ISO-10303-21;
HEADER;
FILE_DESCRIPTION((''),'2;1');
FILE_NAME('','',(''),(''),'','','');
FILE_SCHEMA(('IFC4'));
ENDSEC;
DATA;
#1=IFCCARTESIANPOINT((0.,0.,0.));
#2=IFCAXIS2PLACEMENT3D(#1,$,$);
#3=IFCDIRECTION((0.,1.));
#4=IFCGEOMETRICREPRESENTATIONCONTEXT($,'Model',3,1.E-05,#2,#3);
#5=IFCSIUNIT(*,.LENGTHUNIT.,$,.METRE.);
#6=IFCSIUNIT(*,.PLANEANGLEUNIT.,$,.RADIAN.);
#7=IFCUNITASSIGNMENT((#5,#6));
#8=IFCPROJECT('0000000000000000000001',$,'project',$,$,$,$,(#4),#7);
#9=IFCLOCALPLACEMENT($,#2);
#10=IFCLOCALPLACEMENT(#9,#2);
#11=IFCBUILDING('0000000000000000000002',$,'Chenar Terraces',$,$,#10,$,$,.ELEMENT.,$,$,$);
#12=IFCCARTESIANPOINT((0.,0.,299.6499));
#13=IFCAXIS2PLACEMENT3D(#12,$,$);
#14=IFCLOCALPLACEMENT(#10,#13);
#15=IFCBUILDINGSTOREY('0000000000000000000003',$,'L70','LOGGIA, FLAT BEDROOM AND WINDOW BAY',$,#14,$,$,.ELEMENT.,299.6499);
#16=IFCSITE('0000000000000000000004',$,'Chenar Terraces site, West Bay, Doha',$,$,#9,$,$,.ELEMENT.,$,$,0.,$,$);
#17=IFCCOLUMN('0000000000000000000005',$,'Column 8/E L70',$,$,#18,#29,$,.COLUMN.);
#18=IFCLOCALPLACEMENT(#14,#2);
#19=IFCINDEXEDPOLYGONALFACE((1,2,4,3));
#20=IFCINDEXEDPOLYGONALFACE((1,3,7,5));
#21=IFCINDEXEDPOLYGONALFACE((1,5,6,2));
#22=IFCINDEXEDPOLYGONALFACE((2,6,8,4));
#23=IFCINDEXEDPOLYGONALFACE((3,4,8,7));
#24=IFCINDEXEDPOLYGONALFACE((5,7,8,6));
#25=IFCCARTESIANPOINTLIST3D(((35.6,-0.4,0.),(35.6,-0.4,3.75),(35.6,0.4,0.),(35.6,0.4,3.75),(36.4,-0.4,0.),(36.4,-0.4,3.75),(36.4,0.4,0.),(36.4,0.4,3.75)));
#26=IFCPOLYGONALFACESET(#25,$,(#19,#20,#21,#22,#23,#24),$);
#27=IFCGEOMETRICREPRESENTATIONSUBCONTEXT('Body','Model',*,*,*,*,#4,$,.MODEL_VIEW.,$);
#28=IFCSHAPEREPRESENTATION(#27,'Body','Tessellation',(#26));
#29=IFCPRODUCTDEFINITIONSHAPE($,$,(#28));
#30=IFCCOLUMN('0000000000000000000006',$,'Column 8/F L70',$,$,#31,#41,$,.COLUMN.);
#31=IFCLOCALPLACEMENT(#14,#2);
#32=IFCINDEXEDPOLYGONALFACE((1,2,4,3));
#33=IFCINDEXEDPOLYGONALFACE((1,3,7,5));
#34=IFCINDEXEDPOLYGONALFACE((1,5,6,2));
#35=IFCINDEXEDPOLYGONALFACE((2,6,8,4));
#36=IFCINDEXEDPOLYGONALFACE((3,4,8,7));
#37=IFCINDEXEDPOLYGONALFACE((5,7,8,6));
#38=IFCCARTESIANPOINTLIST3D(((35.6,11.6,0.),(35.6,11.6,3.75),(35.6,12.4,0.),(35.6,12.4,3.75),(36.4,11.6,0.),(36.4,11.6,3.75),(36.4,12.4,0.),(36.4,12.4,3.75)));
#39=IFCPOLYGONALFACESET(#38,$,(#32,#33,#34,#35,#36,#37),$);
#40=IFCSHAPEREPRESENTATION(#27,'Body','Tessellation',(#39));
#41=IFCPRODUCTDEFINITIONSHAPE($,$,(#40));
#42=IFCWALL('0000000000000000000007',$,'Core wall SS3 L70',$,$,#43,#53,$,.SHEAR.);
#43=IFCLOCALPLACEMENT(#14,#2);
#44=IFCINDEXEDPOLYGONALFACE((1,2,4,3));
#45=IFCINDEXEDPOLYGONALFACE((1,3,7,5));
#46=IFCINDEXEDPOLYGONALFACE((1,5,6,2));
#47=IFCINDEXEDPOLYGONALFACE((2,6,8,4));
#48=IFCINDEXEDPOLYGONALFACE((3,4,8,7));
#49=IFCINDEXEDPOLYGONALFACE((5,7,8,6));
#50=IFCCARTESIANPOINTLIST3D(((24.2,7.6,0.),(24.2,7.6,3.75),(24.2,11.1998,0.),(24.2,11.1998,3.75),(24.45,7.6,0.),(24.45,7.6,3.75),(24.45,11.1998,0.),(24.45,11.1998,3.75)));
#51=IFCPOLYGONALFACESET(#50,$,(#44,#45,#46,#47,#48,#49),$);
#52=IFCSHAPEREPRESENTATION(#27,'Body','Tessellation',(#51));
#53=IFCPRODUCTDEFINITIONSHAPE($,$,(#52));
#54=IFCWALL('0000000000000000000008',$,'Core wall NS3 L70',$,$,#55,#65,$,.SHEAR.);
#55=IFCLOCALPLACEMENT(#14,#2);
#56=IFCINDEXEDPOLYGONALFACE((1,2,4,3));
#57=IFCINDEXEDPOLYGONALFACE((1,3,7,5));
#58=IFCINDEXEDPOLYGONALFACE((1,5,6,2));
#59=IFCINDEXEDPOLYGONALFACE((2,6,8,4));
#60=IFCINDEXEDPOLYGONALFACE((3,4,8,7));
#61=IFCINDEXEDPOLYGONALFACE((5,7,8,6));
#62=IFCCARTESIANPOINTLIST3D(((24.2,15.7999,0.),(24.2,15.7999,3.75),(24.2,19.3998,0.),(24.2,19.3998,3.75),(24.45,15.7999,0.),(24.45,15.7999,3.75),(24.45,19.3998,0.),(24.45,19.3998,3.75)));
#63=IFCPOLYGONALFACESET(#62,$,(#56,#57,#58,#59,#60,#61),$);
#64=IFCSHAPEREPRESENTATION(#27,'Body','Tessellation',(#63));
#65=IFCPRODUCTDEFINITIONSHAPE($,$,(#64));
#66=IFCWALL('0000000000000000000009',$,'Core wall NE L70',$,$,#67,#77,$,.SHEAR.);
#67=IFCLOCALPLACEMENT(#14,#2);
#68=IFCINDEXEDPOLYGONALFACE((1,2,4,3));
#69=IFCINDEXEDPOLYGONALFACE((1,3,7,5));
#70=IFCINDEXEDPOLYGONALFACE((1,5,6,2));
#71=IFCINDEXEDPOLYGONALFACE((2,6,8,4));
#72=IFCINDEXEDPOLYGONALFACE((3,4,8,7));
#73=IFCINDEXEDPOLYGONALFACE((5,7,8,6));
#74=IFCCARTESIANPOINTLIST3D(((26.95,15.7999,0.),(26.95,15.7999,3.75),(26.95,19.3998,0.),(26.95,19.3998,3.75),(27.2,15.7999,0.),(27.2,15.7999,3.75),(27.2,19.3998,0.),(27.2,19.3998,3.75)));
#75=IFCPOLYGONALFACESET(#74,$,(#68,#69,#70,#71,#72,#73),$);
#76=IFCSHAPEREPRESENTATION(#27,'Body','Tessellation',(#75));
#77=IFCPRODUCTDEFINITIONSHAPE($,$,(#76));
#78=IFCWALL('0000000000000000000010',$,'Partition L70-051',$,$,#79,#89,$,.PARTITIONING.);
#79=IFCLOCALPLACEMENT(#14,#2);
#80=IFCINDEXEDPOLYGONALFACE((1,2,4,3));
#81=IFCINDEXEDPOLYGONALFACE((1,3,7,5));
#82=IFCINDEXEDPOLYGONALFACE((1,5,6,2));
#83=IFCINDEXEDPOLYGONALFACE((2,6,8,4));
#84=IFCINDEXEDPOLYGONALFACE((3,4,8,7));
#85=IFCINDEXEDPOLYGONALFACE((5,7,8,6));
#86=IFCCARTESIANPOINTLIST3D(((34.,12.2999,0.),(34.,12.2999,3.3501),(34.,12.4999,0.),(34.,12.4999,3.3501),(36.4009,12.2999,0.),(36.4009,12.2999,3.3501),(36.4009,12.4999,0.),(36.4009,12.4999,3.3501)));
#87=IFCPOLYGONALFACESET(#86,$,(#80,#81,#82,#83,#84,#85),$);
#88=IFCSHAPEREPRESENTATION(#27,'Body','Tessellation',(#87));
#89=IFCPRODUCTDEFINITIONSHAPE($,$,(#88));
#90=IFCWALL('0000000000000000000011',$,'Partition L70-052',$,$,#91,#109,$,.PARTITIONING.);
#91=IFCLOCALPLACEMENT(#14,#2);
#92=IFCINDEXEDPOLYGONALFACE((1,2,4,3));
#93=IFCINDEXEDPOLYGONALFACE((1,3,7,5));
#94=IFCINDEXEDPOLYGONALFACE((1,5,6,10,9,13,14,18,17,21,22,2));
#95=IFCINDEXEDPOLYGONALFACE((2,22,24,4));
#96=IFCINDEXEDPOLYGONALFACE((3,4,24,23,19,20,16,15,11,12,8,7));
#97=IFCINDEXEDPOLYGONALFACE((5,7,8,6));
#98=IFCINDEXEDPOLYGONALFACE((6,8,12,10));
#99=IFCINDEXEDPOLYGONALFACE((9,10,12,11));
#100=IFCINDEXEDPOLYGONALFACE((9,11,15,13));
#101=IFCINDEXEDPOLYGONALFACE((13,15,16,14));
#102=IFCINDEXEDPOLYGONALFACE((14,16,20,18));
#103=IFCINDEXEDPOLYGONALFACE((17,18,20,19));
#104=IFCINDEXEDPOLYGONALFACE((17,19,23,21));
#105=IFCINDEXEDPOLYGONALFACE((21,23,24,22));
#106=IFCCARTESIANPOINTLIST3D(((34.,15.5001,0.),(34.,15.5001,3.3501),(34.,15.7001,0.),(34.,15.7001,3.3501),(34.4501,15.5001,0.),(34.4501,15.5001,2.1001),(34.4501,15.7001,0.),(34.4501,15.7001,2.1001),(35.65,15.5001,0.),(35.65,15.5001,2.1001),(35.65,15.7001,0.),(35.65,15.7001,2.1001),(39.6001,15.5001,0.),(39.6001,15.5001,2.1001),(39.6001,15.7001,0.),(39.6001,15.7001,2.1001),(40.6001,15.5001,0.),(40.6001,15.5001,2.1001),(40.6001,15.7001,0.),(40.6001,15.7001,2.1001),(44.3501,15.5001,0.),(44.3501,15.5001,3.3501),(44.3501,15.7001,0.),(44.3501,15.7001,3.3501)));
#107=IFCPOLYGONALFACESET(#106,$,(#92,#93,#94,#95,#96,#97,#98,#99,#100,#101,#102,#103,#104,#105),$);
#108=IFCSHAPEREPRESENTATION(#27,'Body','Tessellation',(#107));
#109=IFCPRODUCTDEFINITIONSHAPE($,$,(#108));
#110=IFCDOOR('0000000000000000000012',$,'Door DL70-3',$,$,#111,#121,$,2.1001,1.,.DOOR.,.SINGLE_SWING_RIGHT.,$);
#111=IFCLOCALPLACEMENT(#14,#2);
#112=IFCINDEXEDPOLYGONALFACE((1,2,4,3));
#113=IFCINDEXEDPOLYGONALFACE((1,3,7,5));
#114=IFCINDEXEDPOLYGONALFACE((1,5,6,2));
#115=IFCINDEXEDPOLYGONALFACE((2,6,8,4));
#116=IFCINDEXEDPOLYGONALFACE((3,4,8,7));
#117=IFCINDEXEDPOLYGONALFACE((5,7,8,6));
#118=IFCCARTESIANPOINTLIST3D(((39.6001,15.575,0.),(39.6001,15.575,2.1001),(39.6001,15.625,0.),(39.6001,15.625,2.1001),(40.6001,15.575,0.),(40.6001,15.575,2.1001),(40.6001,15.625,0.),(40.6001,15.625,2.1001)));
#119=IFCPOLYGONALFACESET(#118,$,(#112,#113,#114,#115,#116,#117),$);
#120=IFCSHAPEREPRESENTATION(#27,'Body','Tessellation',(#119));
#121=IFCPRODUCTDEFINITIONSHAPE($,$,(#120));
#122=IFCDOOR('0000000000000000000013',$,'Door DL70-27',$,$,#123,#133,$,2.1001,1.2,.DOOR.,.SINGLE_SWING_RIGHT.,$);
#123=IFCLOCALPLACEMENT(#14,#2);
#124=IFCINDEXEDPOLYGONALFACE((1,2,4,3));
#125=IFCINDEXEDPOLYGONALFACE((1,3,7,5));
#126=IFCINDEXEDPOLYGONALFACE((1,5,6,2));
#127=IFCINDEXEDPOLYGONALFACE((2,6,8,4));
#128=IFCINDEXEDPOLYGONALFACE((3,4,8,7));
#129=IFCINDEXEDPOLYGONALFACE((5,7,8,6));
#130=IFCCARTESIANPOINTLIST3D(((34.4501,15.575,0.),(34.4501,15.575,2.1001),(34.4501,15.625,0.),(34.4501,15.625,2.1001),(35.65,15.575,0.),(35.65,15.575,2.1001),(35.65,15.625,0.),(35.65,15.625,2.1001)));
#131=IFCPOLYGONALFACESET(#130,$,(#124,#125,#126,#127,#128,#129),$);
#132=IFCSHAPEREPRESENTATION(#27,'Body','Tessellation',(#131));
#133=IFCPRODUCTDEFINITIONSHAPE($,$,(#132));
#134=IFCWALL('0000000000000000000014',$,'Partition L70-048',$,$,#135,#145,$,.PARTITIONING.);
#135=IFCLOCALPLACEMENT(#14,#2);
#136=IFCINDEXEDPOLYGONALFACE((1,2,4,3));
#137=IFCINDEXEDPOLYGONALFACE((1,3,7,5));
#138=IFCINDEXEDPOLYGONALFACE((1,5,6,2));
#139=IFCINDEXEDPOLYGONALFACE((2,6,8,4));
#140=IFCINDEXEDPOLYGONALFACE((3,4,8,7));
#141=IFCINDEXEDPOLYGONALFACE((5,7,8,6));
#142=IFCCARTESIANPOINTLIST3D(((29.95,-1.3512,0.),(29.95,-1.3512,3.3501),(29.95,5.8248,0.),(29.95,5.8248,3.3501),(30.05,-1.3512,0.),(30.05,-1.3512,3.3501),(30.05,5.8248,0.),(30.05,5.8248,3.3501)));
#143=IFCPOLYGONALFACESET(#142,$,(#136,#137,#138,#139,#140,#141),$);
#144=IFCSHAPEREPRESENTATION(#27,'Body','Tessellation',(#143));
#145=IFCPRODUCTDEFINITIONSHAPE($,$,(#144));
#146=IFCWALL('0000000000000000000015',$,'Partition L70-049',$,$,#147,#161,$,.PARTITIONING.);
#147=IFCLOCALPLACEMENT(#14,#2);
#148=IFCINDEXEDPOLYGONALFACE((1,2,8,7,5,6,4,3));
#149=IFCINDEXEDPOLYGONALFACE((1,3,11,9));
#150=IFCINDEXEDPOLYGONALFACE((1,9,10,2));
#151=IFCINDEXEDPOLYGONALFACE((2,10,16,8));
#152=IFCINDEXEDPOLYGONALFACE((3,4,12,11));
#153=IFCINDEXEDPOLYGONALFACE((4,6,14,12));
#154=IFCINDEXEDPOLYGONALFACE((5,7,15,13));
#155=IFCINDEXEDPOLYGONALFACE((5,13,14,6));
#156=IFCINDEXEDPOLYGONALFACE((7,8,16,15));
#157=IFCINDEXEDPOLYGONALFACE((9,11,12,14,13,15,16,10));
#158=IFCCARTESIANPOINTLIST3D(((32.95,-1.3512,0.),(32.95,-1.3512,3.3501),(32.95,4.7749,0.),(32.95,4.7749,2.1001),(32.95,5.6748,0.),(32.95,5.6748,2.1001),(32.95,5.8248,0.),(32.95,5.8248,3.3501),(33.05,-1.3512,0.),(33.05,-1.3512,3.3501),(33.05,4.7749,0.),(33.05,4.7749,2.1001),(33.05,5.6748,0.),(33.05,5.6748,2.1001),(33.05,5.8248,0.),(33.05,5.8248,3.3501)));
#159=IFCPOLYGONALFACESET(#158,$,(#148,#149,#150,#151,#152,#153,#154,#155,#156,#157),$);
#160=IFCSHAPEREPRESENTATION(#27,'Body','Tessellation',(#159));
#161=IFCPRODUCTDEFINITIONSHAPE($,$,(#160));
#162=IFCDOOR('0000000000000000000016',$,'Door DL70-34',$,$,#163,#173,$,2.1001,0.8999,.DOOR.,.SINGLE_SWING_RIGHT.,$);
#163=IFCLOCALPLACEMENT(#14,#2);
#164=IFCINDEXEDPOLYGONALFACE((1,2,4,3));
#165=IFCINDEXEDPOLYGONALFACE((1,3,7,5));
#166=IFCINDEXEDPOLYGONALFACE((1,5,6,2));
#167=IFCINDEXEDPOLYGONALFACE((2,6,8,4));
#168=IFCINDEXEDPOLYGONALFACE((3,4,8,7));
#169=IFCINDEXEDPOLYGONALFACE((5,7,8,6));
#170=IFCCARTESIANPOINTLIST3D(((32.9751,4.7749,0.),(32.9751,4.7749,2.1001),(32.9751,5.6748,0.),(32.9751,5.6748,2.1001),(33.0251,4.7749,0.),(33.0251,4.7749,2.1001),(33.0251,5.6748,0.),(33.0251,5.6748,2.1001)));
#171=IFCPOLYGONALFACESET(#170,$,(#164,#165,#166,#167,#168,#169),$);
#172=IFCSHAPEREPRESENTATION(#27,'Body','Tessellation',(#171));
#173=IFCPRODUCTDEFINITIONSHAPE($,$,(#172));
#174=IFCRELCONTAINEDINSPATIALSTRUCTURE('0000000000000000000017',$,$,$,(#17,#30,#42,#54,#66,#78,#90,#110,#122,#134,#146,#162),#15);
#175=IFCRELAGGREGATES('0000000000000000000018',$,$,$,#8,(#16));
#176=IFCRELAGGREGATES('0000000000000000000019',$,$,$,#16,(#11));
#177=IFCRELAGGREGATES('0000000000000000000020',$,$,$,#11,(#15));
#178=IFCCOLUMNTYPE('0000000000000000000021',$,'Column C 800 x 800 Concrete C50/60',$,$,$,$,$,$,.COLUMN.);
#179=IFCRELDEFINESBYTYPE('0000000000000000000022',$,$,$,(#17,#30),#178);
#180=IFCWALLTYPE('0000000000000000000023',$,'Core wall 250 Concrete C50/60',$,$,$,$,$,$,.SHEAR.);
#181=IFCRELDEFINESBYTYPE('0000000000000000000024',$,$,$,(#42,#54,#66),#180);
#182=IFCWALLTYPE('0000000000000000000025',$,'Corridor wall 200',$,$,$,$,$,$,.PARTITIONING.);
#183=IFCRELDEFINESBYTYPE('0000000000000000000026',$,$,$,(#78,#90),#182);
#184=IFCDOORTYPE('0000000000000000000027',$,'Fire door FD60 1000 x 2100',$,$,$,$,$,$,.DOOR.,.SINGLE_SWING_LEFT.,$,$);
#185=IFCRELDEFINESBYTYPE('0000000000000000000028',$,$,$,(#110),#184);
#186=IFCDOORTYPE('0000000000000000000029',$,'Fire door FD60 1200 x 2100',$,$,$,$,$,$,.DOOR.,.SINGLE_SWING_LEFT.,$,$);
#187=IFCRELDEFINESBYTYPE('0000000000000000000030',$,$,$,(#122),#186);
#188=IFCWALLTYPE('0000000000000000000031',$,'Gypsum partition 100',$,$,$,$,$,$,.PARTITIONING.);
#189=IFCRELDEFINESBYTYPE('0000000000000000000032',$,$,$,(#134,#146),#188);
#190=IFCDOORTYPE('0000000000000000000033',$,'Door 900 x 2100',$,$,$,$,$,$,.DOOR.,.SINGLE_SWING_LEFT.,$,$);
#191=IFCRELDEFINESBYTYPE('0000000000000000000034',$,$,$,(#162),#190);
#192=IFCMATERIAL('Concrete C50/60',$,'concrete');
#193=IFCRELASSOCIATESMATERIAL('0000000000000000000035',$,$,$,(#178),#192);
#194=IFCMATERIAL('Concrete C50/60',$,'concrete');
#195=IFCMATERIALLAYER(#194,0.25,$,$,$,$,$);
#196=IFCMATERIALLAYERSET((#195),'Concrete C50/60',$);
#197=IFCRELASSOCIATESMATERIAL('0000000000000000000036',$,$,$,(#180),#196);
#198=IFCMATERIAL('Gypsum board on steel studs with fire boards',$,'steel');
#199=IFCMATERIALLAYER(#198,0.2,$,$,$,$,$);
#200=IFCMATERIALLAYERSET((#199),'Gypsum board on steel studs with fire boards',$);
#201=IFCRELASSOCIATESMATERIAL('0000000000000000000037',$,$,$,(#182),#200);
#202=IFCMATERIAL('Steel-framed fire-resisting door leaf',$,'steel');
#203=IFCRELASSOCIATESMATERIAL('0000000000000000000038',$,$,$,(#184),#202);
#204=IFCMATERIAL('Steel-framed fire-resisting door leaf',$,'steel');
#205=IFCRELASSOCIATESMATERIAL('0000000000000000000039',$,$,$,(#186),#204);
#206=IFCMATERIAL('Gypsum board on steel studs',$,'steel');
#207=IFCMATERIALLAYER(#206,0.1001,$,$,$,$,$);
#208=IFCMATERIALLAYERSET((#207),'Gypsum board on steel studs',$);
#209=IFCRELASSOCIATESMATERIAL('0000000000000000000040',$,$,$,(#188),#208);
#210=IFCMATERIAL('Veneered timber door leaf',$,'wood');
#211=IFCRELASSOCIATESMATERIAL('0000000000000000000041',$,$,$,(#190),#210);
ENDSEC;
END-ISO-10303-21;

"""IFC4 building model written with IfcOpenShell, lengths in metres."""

from ifc_helpers import new_model, si_unit, direction, frame, frame_2d, origin, origin_2d, place, context, subcontext, project, spatial, rectangle, extrude, material, layer, layer_set, material_profile, profile_set, type_object, element, fill, save


model = new_model("IFC4")

# Units and contexts
model_context = context("Model", 3, precision=1e-05, world=origin(), true_north=direction((0.0, 1.0)))
body_context = subcontext(model_context, "Body", "Model", "MODEL_VIEW")
ifc_project = project(units=[si_unit("LENGTHUNIT", "METRE"), si_unit("PLANEANGLEUNIT", "RADIAN")], contexts=[model_context])

# Site, building, storey
site_placement = place(None, origin())
site = spatial("IfcSite", under=ifc_project, at=site_placement, Name="Chenar Terraces site, West Bay, Doha", CompositionType="ELEMENT", RefElevation=0.0)
building_placement = place(site_placement, origin())
building = spatial("IfcBuilding", under=site, at=building_placement, Name="Chenar Terraces", CompositionType="ELEMENT")
storey_placement = place(building_placement, frame((0.0, 0.0, 299.6499)))
storey = spatial("IfcBuildingStorey", under=building, at=storey_placement, Name="L70", Description="LOGGIA, FLAT BEDROOM AND WINDOW BAY", CompositionType="ELEMENT", Elevation=299.6499)

# Columns
ifc_material_1 = material(Name="Concrete C50/60", Category="concrete")
ifc_material_profile = material_profile(ifc_material_1, rectangle(XDim=0.8, YDim=0.8, at=origin_2d()), Name="C 800 x 800")
ifc_profile_set = profile_set([ifc_material_profile], Name="Concrete C50/60")
column_type = type_object("IfcColumnType", Name="Column C 800 x 800 Concrete C50/60", PredefinedType="COLUMN", material=ifc_profile_set)
for number, where, z_axis, x_axis, name in (
    (1, (36.0, 0.0, 0.0), (0.0, 0.0, 1.0), (1.0, 0.0, 0.0), "Column 8/E L70"),
    (2, (36.0, 12.0, 0.0), (0.0, 0.0, 1.0), (1.0, 0.0, 0.0), "Column 8/F L70"),
):
    element("IfcColumn", number, at=place(storey_placement, frame(where, z_axis=z_axis, x_axis=x_axis)), inside=storey, type_object=column_type, Name=name, PredefinedType="COLUMN", context=body_context, shape_type="SweptSolid", body=[
        extrude(rectangle(XDim=0.8, YDim=0.8, at=origin_2d()), origin(), (0.0, 0.0, 1.0), 3.75),
    ])

# Walls
ifc_material_2 = material(Name="Concrete C50/60", Category="concrete")
ifc_layer_1 = layer(ifc_material_2, 0.25)
ifc_layer_set_1 = layer_set([ifc_layer_1], Name="Concrete C50/60")
wall_type_1 = type_object("IfcWallType", Name="Core wall 250 Concrete C50/60", PredefinedType="SHEAR", material=ifc_layer_set_1)
for number, where, z_axis, x_axis, name in (
    (3, (24.325, 7.6001, 0.0), (0.0, 0.0, 1.0), (0.0, 1.0, 0.0), "Core wall SS3 L70"),
    (4, (24.325, 15.8, 0.0), (0.0, 0.0, 1.0), (0.0, 1.0, 0.0), "Core wall NS3 L70"),
    (5, (27.075, 15.8, 0.0), (0.0, 0.0, 1.0), (0.0, 1.0, 0.0), "Core wall NE L70"),
):
    element("IfcWall", number, at=place(storey_placement, frame(where, z_axis=z_axis, x_axis=x_axis)), inside=storey, type_object=wall_type_1, Name=name, PredefinedType="SHEAR", context=body_context, shape_type="SweptSolid", body=[
        extrude(rectangle(XDim=3.5999, YDim=0.25, at=frame_2d((1.7998, 0.0))), origin(), (0.0, 0.0, 1.0), 3.75),
    ])

# Wall
ifc_material_3 = material(Name="Gypsum board on steel studs with fire boards", Category="steel")
ifc_layer_2 = layer(ifc_material_3, 0.2)
ifc_layer_set_2 = layer_set([ifc_layer_2], Name="Gypsum board on steel studs with fire boards")
wall_type_2 = type_object("IfcWallType", Name="Corridor wall 200", PredefinedType="PARTITIONING", material=ifc_layer_set_2)
wall_1_placement = place(storey_placement, frame((34.0, 12.3999, 0.0), z_axis=(0.0, 0.0, 1.0), x_axis=(1.0, 0.0, 0.0)))
element("IfcWall", 6, at=wall_1_placement, inside=storey, type_object=wall_type_2, Name="Partition L70-051", PredefinedType="PARTITIONING", context=body_context, shape_type="SweptSolid", body=[
    extrude(rectangle(XDim=2.4009, YDim=0.2, at=frame_2d((1.2004, 0.0))), origin(), (0.0, 0.0, 1.0), 3.3501),
])

# Wall, openings, doors
wall_2_placement = place(storey_placement, frame((34.0, 15.6001, 0.0), z_axis=(0.0, 0.0, 1.0), x_axis=(1.0, 0.0, 0.0)))
wall_2 = element("IfcWall", 7, at=wall_2_placement, inside=storey, type_object=wall_type_2, Name="Partition L70-052", PredefinedType="PARTITIONING", context=body_context, shape_type="SweptSolid", body=[
    extrude(rectangle(XDim=10.3501, YDim=0.2, at=frame_2d((5.175, 0.0))), origin(), (0.0, 0.0, 1.0), 3.3501),
])
opening_1_placement = place(wall_2_placement, frame((5.6001, 0.0, 0.0)))
opening_1 = element("IfcOpeningElement", 8, at=opening_1_placement, cuts=wall_2, PredefinedType="OPENING", context=body_context, shape_type="SweptSolid", body=[
    extrude(rectangle(XDim=1.0, YDim=2.1001, at=frame_2d((0.5, 1.05))), frame((0.0, 0.1099, 0.0), z_axis=(0.0, -1.0, 0.0), x_axis=(1.0, 0.0, 0.0)), (0.0, 0.0, 1.0), 0.22),
])
opening_2_placement = place(wall_2_placement, frame((0.45, 0.0, 0.0)))
opening_2 = element("IfcOpeningElement", 9, at=opening_2_placement, cuts=wall_2, PredefinedType="OPENING", context=body_context, shape_type="SweptSolid", body=[
    extrude(rectangle(XDim=1.2, YDim=2.1001, at=frame_2d((0.6001, 1.05))), frame((0.0, 0.1099, 0.0), z_axis=(0.0, -1.0, 0.0), x_axis=(1.0, 0.0, 0.0)), (0.0, 0.0, 1.0), 0.22),
])
ifc_material_4 = material(Name="Steel-framed fire-resisting door leaf", Category="steel")
door_type_1 = type_object("IfcDoorType", Name="Fire door FD60 1000 x 2100", OperationType="SINGLE_SWING_LEFT", PredefinedType="DOOR", material=ifc_material_4)
door_1_placement = place(opening_1_placement, origin())
door_1 = element("IfcDoor", 10, at=door_1_placement, inside=storey, type_object=door_type_1, Name="Door DL70-3", OperationType="SINGLE_SWING_RIGHT", OverallHeight=2.1001, OverallWidth=1.0, PredefinedType="DOOR", context=body_context, shape_type="SweptSolid", body=[
    extrude(rectangle(XDim=1.0, YDim=2.1001, at=frame_2d((0.5, 1.05))), frame((0.0, 0.0249, 0.0), z_axis=(0.0, -1.0, 0.0), x_axis=(1.0, 0.0, 0.0)), (0.0, 0.0, 1.0), 0.05),
])
fill(opening_1, door_1)
ifc_material_5 = material(Name="Steel-framed fire-resisting door leaf", Category="steel")
door_type_2 = type_object("IfcDoorType", Name="Fire door FD60 1200 x 2100", OperationType="SINGLE_SWING_LEFT", PredefinedType="DOOR", material=ifc_material_5)
door_2_placement = place(opening_2_placement, origin())
door_2 = element("IfcDoor", 11, at=door_2_placement, inside=storey, type_object=door_type_2, Name="Door DL70-27", OperationType="SINGLE_SWING_RIGHT", OverallHeight=2.1001, OverallWidth=1.2, PredefinedType="DOOR", context=body_context, shape_type="SweptSolid", body=[
    extrude(rectangle(XDim=1.2, YDim=2.1001, at=frame_2d((0.6001, 1.05))), frame((0.0, 0.0249, 0.0), z_axis=(0.0, -1.0, 0.0), x_axis=(1.0, 0.0, 0.0)), (0.0, 0.0, 1.0), 0.05),
])
fill(opening_2, door_2)

# Wall
ifc_material_6 = material(Name="Gypsum board on steel studs", Category="steel")
ifc_layer_3 = layer(ifc_material_6, 0.1001)
ifc_layer_set_3 = layer_set([ifc_layer_3], Name="Gypsum board on steel studs")
wall_type_3 = type_object("IfcWallType", Name="Gypsum partition 100", PredefinedType="PARTITIONING", material=ifc_layer_set_3)
wall_3_placement = place(storey_placement, frame((30.0, -1.3511, 0.0), z_axis=(0.0, 0.0, 1.0), x_axis=(0.0, 1.0, 0.0)))
element("IfcWall", 12, at=wall_3_placement, inside=storey, type_object=wall_type_3, Name="Partition L70-048", PredefinedType="PARTITIONING", context=body_context, shape_type="SweptSolid", body=[
    extrude(rectangle(XDim=7.176, YDim=0.1001, at=frame_2d((3.5879, 0.0))), origin(), (0.0, 0.0, 1.0), 3.3501),
])

# Wall, opening, door
wall_4_placement = place(storey_placement, frame((33.0, -1.3511, 0.0), z_axis=(0.0, 0.0, 1.0), x_axis=(0.0, 1.0, 0.0)))
wall_4 = element("IfcWall", 13, at=wall_4_placement, inside=storey, type_object=wall_type_3, Name="Partition L70-049", PredefinedType="PARTITIONING", context=body_context, shape_type="SweptSolid", body=[
    extrude(rectangle(XDim=7.176, YDim=0.1001, at=frame_2d((3.5879, 0.0))), origin(), (0.0, 0.0, 1.0), 3.3501),
])
opening_3_placement = place(wall_4_placement, frame((6.126, 0.0, 0.0)))
opening_3 = element("IfcOpeningElement", 14, at=opening_3_placement, cuts=wall_4, PredefinedType="OPENING", context=body_context, shape_type="SweptSolid", body=[
    extrude(rectangle(XDim=0.8999, YDim=2.1001, at=frame_2d((0.45, 1.05))), frame((0.0, 0.0601, 0.0), z_axis=(0.0, -1.0, 0.0), x_axis=(1.0, 0.0, 0.0)), (0.0, 0.0, 1.0), 0.1201),
])
ifc_material_7 = material(Name="Veneered timber door leaf", Category="wood")
door_type_3 = type_object("IfcDoorType", Name="Door 900 x 2100", OperationType="SINGLE_SWING_LEFT", PredefinedType="DOOR", material=ifc_material_7)
door_3_placement = place(opening_3_placement, origin())
door_3 = element("IfcDoor", 15, at=door_3_placement, inside=storey, type_object=door_type_3, Name="Door DL70-34", OperationType="SINGLE_SWING_RIGHT", OverallHeight=2.1001, OverallWidth=0.8999, PredefinedType="DOOR", context=body_context, shape_type="SweptSolid", body=[
    extrude(rectangle(XDim=0.8999, YDim=2.1001, at=frame_2d((0.45, 1.05))), frame((0.0, 0.0249, 0.0), z_axis=(0.0, -1.0, 0.0), x_axis=(1.0, 0.0, 0.0)), (0.0, 0.0, 1.0), 0.05),
])
fill(opening_3, door_3)

save(model, "model.ifc")
